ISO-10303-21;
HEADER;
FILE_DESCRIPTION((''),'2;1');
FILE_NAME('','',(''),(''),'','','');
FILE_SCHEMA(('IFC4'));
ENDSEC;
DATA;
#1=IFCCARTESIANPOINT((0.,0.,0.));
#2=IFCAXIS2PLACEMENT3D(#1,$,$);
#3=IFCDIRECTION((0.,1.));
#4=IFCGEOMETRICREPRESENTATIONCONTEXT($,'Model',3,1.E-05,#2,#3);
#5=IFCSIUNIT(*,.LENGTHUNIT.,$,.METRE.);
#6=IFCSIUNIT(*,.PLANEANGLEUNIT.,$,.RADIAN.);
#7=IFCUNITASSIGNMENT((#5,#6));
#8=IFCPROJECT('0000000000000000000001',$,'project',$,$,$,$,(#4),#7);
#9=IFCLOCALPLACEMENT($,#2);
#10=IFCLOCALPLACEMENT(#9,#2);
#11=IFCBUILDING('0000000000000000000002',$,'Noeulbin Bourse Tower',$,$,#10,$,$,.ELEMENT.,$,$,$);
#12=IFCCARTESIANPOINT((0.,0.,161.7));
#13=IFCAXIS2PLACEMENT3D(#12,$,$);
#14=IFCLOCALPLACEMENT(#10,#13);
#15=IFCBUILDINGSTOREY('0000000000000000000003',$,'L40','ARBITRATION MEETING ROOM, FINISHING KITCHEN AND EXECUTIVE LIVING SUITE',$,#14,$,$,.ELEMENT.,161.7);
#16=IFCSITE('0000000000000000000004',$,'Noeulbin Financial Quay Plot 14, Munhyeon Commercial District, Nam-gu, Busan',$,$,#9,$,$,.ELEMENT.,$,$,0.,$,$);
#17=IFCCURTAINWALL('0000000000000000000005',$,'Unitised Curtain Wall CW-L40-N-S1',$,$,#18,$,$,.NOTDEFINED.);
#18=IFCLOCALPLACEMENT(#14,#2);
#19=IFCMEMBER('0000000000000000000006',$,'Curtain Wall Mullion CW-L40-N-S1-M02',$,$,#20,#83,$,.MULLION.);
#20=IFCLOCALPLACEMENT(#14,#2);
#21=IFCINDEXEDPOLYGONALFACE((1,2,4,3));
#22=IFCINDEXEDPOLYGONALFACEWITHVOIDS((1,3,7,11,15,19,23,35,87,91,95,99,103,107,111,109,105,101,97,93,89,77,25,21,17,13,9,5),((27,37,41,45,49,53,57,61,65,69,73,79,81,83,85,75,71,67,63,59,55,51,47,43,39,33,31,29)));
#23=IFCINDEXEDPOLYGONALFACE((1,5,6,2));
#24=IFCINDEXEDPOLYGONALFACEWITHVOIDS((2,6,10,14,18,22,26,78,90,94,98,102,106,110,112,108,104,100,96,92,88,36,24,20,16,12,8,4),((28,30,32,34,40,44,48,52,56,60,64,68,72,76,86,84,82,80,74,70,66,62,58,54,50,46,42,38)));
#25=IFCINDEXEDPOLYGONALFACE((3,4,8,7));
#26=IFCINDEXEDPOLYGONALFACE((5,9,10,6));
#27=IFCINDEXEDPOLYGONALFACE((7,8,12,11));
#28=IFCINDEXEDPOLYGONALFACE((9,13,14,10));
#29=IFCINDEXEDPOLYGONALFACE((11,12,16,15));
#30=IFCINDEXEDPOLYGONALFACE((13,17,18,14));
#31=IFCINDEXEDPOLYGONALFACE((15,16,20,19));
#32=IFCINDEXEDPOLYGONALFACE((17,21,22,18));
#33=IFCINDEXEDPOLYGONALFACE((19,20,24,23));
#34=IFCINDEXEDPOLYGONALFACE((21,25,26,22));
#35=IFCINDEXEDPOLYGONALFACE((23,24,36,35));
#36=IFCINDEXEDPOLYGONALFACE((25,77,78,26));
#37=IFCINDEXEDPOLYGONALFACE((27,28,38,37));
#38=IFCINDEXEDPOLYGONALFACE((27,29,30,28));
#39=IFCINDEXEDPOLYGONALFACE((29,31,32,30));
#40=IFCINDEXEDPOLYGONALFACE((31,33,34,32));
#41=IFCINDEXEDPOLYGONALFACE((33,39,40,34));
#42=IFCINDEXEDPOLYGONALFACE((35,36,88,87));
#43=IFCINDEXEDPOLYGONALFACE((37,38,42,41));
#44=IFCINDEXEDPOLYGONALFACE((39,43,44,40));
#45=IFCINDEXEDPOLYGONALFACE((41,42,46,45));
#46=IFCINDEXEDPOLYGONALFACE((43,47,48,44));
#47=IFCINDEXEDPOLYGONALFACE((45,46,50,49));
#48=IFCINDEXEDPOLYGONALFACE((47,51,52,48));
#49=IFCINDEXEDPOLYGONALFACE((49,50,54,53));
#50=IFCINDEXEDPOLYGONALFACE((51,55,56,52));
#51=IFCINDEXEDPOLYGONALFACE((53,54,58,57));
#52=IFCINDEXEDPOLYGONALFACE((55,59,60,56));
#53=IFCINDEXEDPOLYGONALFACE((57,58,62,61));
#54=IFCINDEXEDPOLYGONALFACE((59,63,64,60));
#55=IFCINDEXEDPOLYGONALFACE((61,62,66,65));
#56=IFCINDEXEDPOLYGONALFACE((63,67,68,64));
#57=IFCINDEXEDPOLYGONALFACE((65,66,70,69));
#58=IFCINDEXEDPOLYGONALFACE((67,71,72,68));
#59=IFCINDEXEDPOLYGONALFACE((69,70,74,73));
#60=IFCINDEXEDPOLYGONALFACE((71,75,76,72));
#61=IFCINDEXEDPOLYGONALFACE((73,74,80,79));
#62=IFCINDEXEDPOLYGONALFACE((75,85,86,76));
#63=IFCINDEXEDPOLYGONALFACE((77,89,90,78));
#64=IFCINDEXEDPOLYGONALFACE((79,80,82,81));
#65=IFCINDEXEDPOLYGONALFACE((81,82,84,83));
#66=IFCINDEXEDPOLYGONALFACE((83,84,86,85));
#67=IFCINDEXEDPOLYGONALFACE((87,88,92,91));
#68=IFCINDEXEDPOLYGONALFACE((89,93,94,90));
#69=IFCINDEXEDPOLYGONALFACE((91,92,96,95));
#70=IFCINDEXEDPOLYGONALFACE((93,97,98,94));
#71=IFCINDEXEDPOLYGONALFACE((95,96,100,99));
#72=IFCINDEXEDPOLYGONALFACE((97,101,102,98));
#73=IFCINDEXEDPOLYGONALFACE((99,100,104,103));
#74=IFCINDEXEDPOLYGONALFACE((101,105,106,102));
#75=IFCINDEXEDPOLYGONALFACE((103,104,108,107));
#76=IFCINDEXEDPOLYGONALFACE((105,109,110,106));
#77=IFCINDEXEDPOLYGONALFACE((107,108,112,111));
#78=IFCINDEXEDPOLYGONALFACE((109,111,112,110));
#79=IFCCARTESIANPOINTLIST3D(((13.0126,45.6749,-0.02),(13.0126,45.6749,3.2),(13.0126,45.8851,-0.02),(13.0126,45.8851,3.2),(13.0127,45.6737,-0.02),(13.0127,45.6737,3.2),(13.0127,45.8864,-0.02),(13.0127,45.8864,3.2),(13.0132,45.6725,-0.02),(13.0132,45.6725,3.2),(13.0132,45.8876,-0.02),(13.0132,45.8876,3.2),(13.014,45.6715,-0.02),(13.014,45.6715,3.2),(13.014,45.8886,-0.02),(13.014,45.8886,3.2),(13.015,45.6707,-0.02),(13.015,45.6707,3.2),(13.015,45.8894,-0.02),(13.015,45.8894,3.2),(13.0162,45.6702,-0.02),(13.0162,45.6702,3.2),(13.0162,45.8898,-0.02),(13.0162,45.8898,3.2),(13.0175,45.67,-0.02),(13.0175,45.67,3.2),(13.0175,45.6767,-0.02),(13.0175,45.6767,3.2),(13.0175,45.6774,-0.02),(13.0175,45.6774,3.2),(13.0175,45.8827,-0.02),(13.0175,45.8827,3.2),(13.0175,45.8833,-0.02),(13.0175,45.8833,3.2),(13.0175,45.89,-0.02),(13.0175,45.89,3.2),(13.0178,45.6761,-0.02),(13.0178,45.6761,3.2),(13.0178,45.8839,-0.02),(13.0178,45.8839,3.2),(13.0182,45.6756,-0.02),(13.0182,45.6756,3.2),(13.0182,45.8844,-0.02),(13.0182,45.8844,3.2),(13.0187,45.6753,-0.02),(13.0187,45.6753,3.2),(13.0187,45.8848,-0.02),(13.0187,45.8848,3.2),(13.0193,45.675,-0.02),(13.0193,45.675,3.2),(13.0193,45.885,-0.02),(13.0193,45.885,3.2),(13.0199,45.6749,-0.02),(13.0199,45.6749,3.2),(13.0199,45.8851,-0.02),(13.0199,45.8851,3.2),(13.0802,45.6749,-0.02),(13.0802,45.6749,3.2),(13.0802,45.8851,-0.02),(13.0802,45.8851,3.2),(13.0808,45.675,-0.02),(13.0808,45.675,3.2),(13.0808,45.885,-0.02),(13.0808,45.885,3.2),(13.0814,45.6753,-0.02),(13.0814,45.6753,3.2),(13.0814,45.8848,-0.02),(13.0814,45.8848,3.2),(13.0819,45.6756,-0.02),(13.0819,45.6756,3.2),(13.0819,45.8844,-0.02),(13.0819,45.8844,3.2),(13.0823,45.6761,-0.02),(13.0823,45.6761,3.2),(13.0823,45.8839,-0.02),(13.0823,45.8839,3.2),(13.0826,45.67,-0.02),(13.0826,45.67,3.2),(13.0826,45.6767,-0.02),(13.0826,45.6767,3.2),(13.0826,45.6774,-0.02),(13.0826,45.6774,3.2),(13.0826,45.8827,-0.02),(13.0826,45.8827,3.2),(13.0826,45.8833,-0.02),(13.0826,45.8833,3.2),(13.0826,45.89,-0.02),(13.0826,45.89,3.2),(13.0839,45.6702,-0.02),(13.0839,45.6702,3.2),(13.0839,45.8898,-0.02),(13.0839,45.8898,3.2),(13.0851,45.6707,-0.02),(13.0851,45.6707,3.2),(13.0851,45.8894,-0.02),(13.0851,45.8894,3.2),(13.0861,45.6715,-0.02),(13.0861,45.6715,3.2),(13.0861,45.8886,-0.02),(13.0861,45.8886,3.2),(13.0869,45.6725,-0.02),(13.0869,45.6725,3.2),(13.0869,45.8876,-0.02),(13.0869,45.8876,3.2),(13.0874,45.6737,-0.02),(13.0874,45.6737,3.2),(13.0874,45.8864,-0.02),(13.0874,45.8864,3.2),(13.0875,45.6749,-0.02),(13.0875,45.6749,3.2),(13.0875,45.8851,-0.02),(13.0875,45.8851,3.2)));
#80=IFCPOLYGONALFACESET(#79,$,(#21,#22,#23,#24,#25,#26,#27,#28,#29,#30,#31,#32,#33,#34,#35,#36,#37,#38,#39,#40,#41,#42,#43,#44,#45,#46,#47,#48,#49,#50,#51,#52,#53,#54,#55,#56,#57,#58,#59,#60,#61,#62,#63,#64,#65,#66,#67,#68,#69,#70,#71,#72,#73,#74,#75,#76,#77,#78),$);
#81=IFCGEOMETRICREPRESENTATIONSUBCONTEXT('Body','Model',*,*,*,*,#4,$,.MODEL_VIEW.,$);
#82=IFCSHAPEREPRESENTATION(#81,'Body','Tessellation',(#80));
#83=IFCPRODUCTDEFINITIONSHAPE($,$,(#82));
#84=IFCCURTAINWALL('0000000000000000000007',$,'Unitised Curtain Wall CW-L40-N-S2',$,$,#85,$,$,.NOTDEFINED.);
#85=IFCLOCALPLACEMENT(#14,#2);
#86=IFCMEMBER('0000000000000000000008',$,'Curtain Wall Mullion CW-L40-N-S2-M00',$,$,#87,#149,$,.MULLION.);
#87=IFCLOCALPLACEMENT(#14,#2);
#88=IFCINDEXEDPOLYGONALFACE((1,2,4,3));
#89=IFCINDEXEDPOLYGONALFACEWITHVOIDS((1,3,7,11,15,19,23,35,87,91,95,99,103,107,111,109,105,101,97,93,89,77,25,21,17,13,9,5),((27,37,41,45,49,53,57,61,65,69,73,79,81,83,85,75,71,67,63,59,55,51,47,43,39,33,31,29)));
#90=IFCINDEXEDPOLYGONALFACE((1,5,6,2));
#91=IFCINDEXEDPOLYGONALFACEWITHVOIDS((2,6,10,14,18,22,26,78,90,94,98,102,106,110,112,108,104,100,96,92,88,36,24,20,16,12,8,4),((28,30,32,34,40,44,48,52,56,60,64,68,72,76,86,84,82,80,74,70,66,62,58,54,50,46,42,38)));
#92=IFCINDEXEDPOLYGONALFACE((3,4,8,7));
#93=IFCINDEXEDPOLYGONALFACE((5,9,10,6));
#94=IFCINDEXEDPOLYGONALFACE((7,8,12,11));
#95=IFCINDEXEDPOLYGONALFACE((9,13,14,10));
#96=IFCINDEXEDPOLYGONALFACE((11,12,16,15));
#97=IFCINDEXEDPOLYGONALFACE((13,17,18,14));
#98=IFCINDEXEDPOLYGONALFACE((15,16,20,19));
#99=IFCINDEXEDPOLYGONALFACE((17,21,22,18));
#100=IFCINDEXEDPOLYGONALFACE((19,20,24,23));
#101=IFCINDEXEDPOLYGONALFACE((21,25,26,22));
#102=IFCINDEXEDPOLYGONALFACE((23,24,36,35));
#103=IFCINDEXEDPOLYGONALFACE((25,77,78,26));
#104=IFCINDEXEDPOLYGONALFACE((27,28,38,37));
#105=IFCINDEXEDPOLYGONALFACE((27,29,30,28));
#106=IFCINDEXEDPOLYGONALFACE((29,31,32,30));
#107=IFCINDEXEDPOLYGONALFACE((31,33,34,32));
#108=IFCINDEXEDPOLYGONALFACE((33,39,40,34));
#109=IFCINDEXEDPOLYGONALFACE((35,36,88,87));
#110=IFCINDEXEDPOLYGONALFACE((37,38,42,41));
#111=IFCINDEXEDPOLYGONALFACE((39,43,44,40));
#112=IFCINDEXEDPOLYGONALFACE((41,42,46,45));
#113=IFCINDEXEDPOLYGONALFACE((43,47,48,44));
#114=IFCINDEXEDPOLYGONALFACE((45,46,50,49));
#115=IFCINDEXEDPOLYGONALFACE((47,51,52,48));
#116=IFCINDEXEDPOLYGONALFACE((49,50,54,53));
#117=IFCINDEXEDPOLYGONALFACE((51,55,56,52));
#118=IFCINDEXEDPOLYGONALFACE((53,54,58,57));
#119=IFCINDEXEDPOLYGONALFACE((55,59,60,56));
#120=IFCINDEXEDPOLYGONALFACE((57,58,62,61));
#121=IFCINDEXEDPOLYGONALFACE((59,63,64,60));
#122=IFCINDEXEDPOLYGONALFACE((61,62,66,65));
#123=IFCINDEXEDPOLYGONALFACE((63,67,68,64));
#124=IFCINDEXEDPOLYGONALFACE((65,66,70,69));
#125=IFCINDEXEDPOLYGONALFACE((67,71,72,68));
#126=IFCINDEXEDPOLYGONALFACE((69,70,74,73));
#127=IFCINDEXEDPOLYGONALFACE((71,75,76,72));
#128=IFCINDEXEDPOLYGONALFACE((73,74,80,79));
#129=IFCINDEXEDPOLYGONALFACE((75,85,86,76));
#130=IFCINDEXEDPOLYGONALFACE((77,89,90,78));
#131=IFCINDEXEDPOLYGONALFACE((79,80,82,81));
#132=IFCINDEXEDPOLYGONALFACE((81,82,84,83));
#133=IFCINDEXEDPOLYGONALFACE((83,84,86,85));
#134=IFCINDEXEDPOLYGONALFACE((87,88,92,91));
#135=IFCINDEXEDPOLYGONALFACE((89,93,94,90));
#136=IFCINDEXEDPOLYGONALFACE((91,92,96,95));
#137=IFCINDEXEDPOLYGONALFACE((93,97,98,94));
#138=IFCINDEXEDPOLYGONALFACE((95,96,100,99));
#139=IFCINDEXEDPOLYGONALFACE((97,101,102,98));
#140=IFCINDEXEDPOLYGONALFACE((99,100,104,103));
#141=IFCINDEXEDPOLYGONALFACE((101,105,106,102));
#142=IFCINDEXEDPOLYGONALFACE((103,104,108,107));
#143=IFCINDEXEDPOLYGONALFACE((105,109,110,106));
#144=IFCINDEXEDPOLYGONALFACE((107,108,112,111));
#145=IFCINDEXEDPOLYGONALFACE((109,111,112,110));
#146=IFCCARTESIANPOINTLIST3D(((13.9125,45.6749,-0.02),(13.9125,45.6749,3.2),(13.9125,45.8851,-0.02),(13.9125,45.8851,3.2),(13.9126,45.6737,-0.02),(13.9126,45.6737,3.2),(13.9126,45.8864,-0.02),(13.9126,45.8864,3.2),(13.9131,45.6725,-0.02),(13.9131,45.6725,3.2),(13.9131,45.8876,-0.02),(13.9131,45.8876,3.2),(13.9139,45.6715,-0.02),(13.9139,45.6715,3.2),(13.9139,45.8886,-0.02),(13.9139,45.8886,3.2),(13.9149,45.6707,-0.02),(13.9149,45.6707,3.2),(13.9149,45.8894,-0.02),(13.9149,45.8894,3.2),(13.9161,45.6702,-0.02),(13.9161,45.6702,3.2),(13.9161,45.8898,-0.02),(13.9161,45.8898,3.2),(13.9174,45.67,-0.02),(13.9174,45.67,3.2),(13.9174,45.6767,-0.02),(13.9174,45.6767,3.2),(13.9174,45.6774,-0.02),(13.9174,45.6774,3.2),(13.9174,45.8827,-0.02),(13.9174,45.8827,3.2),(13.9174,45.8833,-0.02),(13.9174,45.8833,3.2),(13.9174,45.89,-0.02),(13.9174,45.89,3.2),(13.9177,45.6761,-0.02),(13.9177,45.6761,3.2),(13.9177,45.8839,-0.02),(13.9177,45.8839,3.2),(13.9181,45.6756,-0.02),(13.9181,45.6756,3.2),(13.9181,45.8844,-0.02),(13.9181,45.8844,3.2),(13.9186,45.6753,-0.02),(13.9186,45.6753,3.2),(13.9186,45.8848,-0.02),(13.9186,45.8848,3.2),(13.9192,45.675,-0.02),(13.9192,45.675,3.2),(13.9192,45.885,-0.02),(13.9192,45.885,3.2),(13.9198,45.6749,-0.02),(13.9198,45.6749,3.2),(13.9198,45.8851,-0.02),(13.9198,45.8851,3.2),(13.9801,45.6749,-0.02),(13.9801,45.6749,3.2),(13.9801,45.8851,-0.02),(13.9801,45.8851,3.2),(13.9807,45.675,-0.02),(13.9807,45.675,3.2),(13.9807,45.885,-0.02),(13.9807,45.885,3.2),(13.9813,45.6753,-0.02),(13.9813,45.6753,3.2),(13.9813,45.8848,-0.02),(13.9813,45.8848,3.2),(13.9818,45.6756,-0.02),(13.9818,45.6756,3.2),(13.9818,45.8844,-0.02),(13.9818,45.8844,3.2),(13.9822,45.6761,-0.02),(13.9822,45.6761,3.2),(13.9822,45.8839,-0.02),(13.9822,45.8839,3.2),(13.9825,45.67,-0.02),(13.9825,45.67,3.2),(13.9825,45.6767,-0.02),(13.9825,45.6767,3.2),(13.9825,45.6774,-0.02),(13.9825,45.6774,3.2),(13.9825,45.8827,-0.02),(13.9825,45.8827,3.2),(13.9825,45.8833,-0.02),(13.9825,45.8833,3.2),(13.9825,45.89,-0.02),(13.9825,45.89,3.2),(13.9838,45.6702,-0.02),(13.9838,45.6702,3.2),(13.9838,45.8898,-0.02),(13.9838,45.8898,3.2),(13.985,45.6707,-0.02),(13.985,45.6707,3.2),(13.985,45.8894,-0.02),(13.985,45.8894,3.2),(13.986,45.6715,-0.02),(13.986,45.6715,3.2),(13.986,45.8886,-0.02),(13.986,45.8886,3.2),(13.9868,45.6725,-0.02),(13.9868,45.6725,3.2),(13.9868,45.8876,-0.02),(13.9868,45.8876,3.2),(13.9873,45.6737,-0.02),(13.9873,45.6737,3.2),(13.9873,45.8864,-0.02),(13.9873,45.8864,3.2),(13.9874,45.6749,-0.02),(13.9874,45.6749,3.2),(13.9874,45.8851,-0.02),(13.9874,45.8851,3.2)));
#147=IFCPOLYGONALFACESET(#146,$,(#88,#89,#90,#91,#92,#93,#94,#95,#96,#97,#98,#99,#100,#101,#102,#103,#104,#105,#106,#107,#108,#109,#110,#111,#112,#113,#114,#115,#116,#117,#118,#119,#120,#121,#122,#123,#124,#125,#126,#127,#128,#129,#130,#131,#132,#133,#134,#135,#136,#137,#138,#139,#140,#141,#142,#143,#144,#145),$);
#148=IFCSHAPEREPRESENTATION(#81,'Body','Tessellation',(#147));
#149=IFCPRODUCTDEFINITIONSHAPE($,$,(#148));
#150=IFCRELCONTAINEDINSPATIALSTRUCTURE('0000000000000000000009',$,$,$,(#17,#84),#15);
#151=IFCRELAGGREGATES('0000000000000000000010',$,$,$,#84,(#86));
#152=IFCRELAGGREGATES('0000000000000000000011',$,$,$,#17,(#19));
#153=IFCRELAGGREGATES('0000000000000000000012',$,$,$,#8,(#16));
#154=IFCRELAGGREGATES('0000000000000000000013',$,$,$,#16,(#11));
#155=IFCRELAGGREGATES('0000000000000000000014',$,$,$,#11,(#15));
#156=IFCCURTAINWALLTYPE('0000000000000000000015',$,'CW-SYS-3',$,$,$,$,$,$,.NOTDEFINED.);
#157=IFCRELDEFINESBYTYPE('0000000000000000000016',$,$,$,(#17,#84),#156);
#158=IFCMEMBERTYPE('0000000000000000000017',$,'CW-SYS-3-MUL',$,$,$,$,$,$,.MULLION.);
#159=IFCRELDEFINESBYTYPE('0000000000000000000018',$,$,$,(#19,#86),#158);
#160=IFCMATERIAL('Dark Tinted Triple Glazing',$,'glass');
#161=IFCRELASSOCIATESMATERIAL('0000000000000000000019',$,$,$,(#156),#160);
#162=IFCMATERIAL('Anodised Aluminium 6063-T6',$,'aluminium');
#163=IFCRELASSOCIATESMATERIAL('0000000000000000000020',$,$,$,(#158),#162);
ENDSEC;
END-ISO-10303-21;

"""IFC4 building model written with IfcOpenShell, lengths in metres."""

from ifc_helpers import new_model, si_unit, direction, frame, origin, origin_2d, place, context, subcontext, project, spatial, hollow_rectangle, extrude, material, material_profile, profile_set, type_object, element, aggregate, save


model = new_model("IFC4")

# Units and contexts
model_context = context("Model", 3, precision=1e-05, world=origin(), true_north=direction((0.0, 1.0)))
body_context = subcontext(model_context, "Body", "Model", "MODEL_VIEW")
ifc_project = project(units=[si_unit("LENGTHUNIT", "METRE"), si_unit("PLANEANGLEUNIT", "RADIAN")], contexts=[model_context])

# Site, building, storey
site_placement = place(None, origin())
site = spatial("IfcSite", under=ifc_project, at=site_placement, Name="Noeulbin Financial Quay Plot 14, Munhyeon Commercial District, Nam-gu, Busan", CompositionType="ELEMENT", RefElevation=0.0)
building_placement = place(site_placement, origin())
building = spatial("IfcBuilding", under=site, at=building_placement, Name="Noeulbin Bourse Tower", CompositionType="ELEMENT")
storey_placement = place(building_placement, frame((0.0, 0.0, 161.7)))
storey = spatial("IfcBuildingStorey", under=building, at=storey_placement, Name="L40", Description="ARBITRATION MEETING ROOM, FINISHING KITCHEN AND EXECUTIVE LIVING SUITE", CompositionType="ELEMENT", Elevation=161.7)

# Curtain wall, member
ifc_material_1 = material(Name="Dark Tinted Triple Glazing", Category="glass")
curtain_wall_type = type_object("IfcCurtainWallType", Name="CW-SYS-3", PredefinedType="NOTDEFINED", material=ifc_material_1)
curtain_wall_1_placement = place(storey_placement, origin())
curtain_wall_1 = element("IfcCurtainWall", 1, at=curtain_wall_1_placement, inside=storey, type_object=curtain_wall_type, Name="Unitised Curtain Wall CW-L40-N-S1", PredefinedType="NOTDEFINED")
ifc_material_2 = material(Name="Anodised Aluminium 6063-T6", Category="aluminium")
ifc_material_profile_1 = material_profile(ifc_material_2, hollow_rectangle(XDim=0.075, YDim=0.22, WallThickness=0.0049, InnerFilletRadius=0.0024, OuterFilletRadius=0.0049, at=origin_2d()), Name="ALU-MULL-75x220x5", Category="LoadBearing")
ifc_profile_set_1 = profile_set([ifc_material_profile_1], Name="Anodised Aluminium 6063-T6")
member_type_1 = type_object("IfcMemberType", Name="CW-SYS-3-MUL", PredefinedType="MULLION", material=ifc_profile_set_1)
member_1_placement = place(storey_placement, frame((13.05, 45.78, -0.02), z_axis=(0.0, 0.0, 1.0), x_axis=(1.0, 0.0, 0.0)))
member_1 = element("IfcMember", 2, at=member_1_placement, type_object=member_type_1, Name="Curtain Wall Mullion CW-L40-N-S1-M02", PredefinedType="MULLION", context=body_context, shape_type="SweptSolid", body=[
    extrude(hollow_rectangle(XDim=0.075, YDim=0.22, WallThickness=0.0049, InnerFilletRadius=0.0024, OuterFilletRadius=0.0049, at=origin_2d()), origin(), (0.0, 0.0, 1.0), 3.22),
])

# Curtain wall, member
curtain_wall_2_placement = place(storey_placement, origin())
curtain_wall_2 = element("IfcCurtainWall", 3, at=curtain_wall_2_placement, inside=storey, type_object=curtain_wall_type, Name="Unitised Curtain Wall CW-L40-N-S2", PredefinedType="NOTDEFINED")
member_2_placement = place(storey_placement, frame((13.95, 45.78, -0.02), z_axis=(0.0, 0.0, 1.0), x_axis=(1.0, 0.0, 0.0)))
member_2 = element("IfcMember", 4, at=member_2_placement, type_object=member_type_1, Name="Curtain Wall Mullion CW-L40-N-S2-M00", PredefinedType="MULLION", context=body_context, shape_type="SweptSolid", body=[
    extrude(hollow_rectangle(XDim=0.075, YDim=0.22, WallThickness=0.0049, InnerFilletRadius=0.0024, OuterFilletRadius=0.0049, at=origin_2d()), origin(), (0.0, 0.0, 1.0), 3.22),
])

aggregate(curtain_wall_2, [member_2])

aggregate(curtain_wall_1, [member_1])

save(model, "model.ifc")
